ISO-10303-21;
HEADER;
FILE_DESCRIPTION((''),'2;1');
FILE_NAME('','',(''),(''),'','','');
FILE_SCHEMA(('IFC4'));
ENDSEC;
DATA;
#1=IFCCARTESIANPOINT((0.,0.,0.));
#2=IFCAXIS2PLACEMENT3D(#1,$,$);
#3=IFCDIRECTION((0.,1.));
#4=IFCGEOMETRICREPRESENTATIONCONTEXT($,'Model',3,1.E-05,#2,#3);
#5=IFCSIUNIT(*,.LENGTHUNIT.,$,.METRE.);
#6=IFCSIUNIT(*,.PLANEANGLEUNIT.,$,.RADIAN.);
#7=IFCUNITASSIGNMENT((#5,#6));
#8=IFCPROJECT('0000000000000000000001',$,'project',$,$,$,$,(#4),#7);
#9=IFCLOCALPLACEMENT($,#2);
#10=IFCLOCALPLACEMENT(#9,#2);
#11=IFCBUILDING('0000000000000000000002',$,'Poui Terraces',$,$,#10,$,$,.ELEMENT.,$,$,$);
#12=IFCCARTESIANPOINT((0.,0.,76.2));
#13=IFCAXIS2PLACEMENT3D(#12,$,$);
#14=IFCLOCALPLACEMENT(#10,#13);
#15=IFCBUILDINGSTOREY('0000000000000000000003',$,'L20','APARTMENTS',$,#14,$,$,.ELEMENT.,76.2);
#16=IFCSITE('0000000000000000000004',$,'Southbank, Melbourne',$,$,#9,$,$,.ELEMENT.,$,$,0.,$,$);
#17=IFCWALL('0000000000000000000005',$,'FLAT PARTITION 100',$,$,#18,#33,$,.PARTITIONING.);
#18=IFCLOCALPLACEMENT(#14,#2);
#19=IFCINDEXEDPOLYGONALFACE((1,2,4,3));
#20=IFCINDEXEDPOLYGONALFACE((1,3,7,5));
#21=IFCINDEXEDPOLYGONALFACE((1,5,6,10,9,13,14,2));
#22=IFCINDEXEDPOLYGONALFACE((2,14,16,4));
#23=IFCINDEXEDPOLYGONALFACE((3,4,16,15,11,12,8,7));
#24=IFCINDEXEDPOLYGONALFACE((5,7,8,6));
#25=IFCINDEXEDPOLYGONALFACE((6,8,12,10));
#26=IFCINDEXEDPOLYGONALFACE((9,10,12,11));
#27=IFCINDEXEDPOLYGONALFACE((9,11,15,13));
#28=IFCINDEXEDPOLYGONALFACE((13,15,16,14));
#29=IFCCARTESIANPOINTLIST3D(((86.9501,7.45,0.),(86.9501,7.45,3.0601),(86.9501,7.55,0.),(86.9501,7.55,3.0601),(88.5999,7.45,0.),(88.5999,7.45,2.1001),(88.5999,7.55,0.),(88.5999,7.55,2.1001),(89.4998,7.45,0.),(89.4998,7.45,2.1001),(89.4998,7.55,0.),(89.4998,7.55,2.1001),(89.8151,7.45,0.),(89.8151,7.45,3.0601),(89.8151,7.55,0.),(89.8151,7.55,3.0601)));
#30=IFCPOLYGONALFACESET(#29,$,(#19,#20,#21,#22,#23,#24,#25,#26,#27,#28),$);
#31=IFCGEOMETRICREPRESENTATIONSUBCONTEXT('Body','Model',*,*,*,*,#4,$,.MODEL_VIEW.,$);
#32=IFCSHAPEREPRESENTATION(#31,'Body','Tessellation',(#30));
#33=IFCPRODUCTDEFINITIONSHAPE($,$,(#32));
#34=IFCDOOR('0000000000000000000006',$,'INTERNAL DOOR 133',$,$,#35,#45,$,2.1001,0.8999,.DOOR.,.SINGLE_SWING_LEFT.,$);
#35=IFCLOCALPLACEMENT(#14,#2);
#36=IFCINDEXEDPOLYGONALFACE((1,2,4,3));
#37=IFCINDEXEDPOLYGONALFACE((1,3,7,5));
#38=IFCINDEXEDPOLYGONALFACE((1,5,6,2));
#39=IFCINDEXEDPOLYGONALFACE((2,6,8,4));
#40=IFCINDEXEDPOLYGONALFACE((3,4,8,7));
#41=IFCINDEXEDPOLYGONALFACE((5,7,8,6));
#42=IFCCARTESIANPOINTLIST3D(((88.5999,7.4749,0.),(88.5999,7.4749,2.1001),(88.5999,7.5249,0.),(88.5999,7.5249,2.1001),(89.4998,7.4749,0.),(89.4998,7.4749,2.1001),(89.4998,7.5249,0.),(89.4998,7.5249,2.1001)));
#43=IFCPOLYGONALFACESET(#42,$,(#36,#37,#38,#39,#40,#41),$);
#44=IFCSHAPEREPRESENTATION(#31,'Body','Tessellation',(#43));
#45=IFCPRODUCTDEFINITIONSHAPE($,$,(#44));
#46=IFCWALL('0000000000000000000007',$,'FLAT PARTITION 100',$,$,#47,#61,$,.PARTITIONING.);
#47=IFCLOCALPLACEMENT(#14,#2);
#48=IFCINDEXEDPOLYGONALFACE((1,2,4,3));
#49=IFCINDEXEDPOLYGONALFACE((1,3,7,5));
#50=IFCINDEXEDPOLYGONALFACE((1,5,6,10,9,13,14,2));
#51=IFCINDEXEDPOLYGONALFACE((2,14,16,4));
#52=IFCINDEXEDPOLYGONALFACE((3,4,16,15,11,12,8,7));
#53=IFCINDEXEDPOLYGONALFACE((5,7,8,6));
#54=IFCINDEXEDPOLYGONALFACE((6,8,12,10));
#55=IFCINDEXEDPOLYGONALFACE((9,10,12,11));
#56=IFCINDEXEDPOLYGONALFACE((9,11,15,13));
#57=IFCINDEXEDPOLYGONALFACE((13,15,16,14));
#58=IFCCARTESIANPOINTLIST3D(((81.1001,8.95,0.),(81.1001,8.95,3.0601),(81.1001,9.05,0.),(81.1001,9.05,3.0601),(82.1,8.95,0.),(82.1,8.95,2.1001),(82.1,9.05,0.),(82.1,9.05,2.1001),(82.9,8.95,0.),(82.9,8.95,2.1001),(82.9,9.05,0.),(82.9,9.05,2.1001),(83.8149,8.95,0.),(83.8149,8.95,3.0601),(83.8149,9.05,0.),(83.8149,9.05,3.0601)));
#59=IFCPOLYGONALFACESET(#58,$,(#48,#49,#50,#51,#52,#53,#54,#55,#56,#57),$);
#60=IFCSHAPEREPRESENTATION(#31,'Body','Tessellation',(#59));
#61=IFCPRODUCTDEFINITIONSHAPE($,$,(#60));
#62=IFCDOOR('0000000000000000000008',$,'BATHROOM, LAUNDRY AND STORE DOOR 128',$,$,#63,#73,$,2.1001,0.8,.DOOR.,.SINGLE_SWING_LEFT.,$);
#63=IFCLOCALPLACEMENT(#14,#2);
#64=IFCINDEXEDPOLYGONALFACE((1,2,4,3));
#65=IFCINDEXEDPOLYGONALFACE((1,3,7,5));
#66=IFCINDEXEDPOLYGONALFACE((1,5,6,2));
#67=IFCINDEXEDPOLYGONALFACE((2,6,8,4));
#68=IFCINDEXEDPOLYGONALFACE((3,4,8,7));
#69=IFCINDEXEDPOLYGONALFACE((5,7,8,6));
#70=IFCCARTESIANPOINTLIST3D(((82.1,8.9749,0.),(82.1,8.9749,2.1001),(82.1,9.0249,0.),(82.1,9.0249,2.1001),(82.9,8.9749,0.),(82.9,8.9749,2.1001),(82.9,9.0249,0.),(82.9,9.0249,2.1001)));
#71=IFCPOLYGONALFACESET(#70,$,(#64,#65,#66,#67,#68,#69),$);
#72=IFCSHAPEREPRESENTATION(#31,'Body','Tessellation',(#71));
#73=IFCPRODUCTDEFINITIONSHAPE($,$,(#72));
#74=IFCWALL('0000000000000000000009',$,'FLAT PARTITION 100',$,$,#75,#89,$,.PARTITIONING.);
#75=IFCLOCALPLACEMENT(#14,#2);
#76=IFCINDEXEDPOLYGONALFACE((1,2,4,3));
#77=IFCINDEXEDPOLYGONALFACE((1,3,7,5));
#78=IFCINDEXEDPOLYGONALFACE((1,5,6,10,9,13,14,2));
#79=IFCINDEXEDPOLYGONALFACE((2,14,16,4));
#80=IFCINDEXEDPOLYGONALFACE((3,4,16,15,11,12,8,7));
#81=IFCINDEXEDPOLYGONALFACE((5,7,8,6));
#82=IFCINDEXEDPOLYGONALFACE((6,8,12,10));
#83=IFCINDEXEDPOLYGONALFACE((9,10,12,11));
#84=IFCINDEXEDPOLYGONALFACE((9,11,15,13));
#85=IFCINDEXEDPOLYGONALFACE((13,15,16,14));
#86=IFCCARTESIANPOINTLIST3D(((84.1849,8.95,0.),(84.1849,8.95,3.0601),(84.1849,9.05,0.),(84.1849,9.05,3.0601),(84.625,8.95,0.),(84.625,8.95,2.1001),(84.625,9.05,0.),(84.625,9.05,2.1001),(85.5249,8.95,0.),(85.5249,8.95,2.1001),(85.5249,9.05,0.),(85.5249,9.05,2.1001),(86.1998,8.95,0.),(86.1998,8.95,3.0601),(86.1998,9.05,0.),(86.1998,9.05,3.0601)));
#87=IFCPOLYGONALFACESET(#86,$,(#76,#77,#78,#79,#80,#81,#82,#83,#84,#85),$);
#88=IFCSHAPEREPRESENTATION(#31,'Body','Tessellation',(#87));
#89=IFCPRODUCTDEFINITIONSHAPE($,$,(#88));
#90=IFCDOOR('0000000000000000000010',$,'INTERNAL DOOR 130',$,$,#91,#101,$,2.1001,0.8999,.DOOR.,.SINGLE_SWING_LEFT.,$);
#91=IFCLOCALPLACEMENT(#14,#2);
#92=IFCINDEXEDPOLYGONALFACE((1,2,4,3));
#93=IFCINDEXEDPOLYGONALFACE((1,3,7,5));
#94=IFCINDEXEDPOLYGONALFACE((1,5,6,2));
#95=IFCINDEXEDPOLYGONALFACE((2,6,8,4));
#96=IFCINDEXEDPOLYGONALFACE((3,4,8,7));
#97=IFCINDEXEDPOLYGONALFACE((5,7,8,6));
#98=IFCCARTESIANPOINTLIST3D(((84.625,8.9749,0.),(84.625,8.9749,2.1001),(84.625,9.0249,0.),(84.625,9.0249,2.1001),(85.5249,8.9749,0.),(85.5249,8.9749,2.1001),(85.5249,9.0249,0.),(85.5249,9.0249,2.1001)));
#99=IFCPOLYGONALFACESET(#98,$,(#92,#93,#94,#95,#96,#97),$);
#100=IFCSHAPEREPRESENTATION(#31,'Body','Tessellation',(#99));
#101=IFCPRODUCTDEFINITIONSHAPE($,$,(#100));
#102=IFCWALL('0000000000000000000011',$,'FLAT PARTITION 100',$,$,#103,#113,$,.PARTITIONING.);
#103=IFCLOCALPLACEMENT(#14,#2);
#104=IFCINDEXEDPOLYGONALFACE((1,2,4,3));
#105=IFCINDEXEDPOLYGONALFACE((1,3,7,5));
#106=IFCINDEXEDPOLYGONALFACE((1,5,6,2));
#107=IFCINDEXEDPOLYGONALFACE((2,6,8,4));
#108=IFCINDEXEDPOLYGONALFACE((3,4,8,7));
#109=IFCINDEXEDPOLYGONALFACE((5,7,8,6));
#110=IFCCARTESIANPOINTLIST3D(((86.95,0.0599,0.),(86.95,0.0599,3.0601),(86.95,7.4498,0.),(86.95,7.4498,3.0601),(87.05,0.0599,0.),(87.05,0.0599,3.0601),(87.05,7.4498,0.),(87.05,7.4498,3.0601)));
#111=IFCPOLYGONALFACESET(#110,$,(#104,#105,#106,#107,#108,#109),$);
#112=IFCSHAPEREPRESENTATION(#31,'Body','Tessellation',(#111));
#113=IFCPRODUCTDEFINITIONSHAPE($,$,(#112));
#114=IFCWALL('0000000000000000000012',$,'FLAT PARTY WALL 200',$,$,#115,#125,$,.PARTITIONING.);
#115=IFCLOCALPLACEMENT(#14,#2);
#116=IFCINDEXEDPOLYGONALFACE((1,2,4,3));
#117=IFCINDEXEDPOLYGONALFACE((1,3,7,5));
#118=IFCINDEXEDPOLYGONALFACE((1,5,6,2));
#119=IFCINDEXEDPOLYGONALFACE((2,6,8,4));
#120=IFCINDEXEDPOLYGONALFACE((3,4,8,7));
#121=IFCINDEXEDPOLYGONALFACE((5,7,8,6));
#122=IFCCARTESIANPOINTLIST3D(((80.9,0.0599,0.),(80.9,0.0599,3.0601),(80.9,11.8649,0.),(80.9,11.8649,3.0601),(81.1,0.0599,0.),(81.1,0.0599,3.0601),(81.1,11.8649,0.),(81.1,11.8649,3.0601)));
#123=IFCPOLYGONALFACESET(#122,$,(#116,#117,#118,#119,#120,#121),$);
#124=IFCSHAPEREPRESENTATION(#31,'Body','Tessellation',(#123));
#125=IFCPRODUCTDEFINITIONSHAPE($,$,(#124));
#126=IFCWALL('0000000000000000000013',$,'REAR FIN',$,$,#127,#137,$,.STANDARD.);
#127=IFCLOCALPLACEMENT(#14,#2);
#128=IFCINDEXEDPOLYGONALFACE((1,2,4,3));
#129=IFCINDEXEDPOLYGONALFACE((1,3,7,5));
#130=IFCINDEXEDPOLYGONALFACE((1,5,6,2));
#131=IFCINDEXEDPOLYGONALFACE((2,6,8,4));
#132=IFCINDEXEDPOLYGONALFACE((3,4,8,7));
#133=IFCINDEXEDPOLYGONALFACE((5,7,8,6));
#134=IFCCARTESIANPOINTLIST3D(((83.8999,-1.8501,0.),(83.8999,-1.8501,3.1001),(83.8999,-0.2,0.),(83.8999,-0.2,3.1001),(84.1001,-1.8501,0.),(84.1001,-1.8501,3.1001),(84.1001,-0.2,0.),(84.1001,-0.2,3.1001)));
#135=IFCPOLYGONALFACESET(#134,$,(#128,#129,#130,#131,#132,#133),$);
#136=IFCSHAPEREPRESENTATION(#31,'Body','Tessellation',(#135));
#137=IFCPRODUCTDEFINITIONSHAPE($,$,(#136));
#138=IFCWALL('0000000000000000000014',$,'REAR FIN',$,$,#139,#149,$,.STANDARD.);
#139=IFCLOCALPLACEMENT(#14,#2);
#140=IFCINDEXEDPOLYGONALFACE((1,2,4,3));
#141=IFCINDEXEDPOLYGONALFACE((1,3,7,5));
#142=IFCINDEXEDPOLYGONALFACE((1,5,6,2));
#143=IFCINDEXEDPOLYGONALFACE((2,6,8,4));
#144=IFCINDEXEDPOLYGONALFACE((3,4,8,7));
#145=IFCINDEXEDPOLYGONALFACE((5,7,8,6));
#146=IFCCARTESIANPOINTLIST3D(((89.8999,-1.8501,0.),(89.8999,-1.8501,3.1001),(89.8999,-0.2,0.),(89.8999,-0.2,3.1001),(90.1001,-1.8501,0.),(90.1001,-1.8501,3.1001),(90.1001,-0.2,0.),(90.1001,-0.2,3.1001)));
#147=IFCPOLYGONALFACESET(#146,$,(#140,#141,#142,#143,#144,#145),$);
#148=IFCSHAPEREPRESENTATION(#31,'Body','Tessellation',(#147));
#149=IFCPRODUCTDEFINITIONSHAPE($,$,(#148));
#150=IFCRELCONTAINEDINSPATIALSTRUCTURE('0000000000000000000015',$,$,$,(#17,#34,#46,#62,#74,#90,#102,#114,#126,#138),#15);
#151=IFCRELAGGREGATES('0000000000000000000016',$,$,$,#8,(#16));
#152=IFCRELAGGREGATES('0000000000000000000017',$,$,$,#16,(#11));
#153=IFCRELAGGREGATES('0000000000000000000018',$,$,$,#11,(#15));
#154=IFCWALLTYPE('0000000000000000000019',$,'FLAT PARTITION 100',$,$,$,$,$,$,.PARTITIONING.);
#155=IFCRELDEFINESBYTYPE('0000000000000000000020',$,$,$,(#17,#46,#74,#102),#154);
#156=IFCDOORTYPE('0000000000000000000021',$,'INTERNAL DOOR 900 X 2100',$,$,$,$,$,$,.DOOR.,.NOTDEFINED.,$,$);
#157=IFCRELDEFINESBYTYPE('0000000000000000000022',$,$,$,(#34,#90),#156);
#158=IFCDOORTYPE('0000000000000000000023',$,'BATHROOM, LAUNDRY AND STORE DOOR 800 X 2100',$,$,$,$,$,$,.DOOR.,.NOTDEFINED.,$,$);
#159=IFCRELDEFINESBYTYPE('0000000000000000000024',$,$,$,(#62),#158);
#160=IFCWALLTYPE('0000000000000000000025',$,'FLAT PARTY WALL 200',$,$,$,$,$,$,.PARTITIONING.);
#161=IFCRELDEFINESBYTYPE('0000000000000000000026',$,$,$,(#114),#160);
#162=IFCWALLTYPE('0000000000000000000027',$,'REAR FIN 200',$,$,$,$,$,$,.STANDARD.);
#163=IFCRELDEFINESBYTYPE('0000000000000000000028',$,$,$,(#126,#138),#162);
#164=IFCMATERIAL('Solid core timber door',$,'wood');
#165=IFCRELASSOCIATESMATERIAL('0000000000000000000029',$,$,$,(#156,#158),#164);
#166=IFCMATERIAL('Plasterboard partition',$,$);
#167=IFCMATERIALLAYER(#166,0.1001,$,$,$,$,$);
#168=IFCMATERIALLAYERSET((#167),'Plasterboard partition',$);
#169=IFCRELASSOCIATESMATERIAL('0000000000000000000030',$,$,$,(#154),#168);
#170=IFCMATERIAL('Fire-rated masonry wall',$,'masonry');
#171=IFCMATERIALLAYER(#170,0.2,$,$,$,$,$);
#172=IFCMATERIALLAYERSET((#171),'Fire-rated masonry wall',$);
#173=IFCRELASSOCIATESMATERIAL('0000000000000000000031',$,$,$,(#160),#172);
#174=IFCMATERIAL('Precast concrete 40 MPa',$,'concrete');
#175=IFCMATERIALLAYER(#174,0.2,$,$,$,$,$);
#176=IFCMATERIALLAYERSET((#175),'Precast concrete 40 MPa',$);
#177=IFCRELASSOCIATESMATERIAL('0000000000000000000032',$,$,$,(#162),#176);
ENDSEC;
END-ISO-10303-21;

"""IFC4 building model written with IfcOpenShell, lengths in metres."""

from ifc_helpers import new_model, si_unit, direction, frame, frame_2d, origin, place, context, subcontext, project, spatial, polyline, rectangle, outline, extrude, source, transform, mapped, material, layer, layer_set, type_object, element, fill, save


model = new_model("IFC4")

# Units and contexts
model_context = context("Model", 3, precision=1e-05, world=origin(), true_north=direction((0.0, 1.0)))
body_context = subcontext(model_context, "Body", "Model", "MODEL_VIEW")
ifc_project = project(units=[si_unit("LENGTHUNIT", "METRE"), si_unit("PLANEANGLEUNIT", "RADIAN")], contexts=[model_context])

# Site, building, storey
site_placement = place(None, origin())
site = spatial("IfcSite", under=ifc_project, at=site_placement, Name="Southbank, Melbourne", CompositionType="ELEMENT", RefElevation=0.0)
building_placement = place(site_placement, origin())
building = spatial("IfcBuilding", under=site, at=building_placement, Name="Poui Terraces", CompositionType="ELEMENT")
storey_placement = place(building_placement, frame((0.0, 0.0, 76.2)))
storey = spatial("IfcBuildingStorey", under=building, at=storey_placement, Name="L20", Description="APARTMENTS", CompositionType="ELEMENT", Elevation=76.2)

# Shared definitions
ifc_material_1 = material(Name="Precast concrete 40 MPa", Category="concrete")

# Shared definitions
ifc_material_2 = material(Name="Solid core timber door", Category="wood")
door_type_1 = type_object("IfcDoorType", Name="INTERNAL DOOR 900 X 2100", OperationType="NOTDEFINED", PredefinedType="DOOR", material=ifc_material_2)

# Walls, openings, doors
ifc_material_3 = material(Name="Plasterboard partition")
ifc_layer_1 = layer(ifc_material_3, 0.1001)
ifc_layer_set_1 = layer_set([ifc_layer_1], Name="Plasterboard partition")
wall_type_1 = type_object("IfcWallType", Name="FLAT PARTITION 100", PredefinedType="PARTITIONING", material=ifc_layer_set_1)
wall_1_placement = place(storey_placement, frame((86.95, 7.5, 0.0), z_axis=(0.0, 0.0, 1.0), x_axis=(1.0, 0.0, 0.0)))
wall_1 = element("IfcWall", 1, at=wall_1_placement, inside=storey, type_object=wall_type_1, Name="FLAT PARTITION 100", PredefinedType="PARTITIONING", context=body_context, shape_type="SweptSolid", body=[
    extrude(rectangle(XDim=2.865, YDim=0.1001, at=frame_2d((1.4326, 0.0))), origin(), (0.0, 0.0, 1.0), 3.0601),
])
opening_1_placement = place(wall_1_placement, frame((1.6499, 0.0, 0.0)))
opening_1 = element("IfcOpeningElement", 2, at=opening_1_placement, cuts=wall_1, PredefinedType="OPENING", context=body_context, shape_type="SweptSolid", body=[
    extrude(rectangle(XDim=0.8999, YDim=2.1001, at=frame_2d((0.45, 1.05))), frame((0.0, 0.0601, 0.0), z_axis=(0.0, -1.0, 0.0), x_axis=(1.0, 0.0, 0.0)), (0.0, 0.0, 1.0), 0.1201),
])
door_1_placement = place(opening_1_placement, origin())
door_1 = element("IfcDoor", 3, at=door_1_placement, inside=storey, type_object=door_type_1, Name="INTERNAL DOOR 133", OperationType="SINGLE_SWING_LEFT", OverallHeight=2.1001, OverallWidth=0.8999, PredefinedType="DOOR", context=body_context, shape_type="SweptSolid", body=[
    extrude(rectangle(XDim=0.8999, YDim=2.1001, at=frame_2d((0.45, 1.05))), frame((0.0, 0.0249, 0.0), z_axis=(0.0, -1.0, 0.0), x_axis=(1.0, 0.0, 0.0)), (0.0, 0.0, 1.0), 0.05),
])
fill(opening_1, door_1)
wall_2_placement = place(storey_placement, frame((81.1001, 9.0, 0.0), z_axis=(0.0, 0.0, 1.0), x_axis=(1.0, 0.0, 0.0)))
wall_2 = element("IfcWall", 4, at=wall_2_placement, inside=storey, type_object=wall_type_1, Name="FLAT PARTITION 100", PredefinedType="PARTITIONING", context=body_context, shape_type="SweptSolid", body=[
    extrude(rectangle(XDim=2.7148, YDim=0.1001, at=frame_2d((1.3574, 0.0))), origin(), (0.0, 0.0, 1.0), 3.0601),
])
opening_2_placement = place(wall_2_placement, frame((1.0, 0.0, 0.0)))
opening_2 = element("IfcOpeningElement", 5, at=opening_2_placement, cuts=wall_2, PredefinedType="OPENING", context=body_context, shape_type="SweptSolid", body=[
    extrude(rectangle(XDim=0.8, YDim=2.1001, at=frame_2d((0.3999, 1.05))), frame((0.0, 0.0601, 0.0), z_axis=(0.0, -1.0, 0.0), x_axis=(1.0, 0.0, 0.0)), (0.0, 0.0, 1.0), 0.1201),
])
door_type_2 = type_object("IfcDoorType", Name="BATHROOM, LAUNDRY AND STORE DOOR 800 X 2100", OperationType="NOTDEFINED", PredefinedType="DOOR", material=ifc_material_2)
door_2_placement = place(opening_2_placement, origin())
door_2 = element("IfcDoor", 6, at=door_2_placement, inside=storey, type_object=door_type_2, Name="BATHROOM, LAUNDRY AND STORE DOOR 128", OperationType="SINGLE_SWING_LEFT", OverallHeight=2.1001, OverallWidth=0.8, PredefinedType="DOOR", context=body_context, shape_type="SweptSolid", body=[
    extrude(rectangle(XDim=0.8, YDim=2.1001, at=frame_2d((0.3999, 1.05))), frame((0.0, 0.0249, 0.0), z_axis=(0.0, -1.0, 0.0), x_axis=(1.0, 0.0, 0.0)), (0.0, 0.0, 1.0), 0.05),
])
fill(opening_2, door_2)
wall_3_placement = place(storey_placement, frame((84.1851, 9.0, 0.0), z_axis=(0.0, 0.0, 1.0), x_axis=(1.0, 0.0, 0.0)))
wall_3 = element("IfcWall", 7, at=wall_3_placement, inside=storey, type_object=wall_type_1, Name="FLAT PARTITION 100", PredefinedType="PARTITIONING", context=body_context, shape_type="SweptSolid", body=[
    extrude(rectangle(XDim=2.0149, YDim=0.1001, at=frame_2d((1.0073, 0.0))), origin(), (0.0, 0.0, 1.0), 3.0601),
])
opening_3_placement = place(wall_3_placement, frame((0.4399, 0.0, 0.0)))
opening_3 = element("IfcOpeningElement", 8, at=opening_3_placement, cuts=wall_3, PredefinedType="OPENING", context=body_context, shape_type="SweptSolid", body=[
    extrude(rectangle(XDim=0.8999, YDim=2.1001, at=frame_2d((0.45, 1.05))), frame((0.0, 0.0601, 0.0), z_axis=(0.0, -1.0, 0.0), x_axis=(1.0, 0.0, 0.0)), (0.0, 0.0, 1.0), 0.1201),
])
door_3_placement = place(opening_3_placement, origin())
door_3 = element("IfcDoor", 9, at=door_3_placement, inside=storey, type_object=door_type_1, Name="INTERNAL DOOR 130", OperationType="SINGLE_SWING_LEFT", OverallHeight=2.1001, OverallWidth=0.8999, PredefinedType="DOOR", context=body_context, shape_type="SweptSolid", body=[
    extrude(rectangle(XDim=0.8999, YDim=2.1001, at=frame_2d((0.45, 1.05))), frame((0.0, 0.0249, 0.0), z_axis=(0.0, -1.0, 0.0), x_axis=(1.0, 0.0, 0.0)), (0.0, 0.0, 1.0), 0.05),
])
fill(opening_3, door_3)

# Walls
wall_4_placement = place(storey_placement, frame((87.0, 0.0601, 0.0), z_axis=(0.0, 0.0, 1.0), x_axis=(0.0, 1.0, 0.0)))
element("IfcWall", 10, at=wall_4_placement, inside=storey, type_object=wall_type_1, Name="FLAT PARTITION 100", PredefinedType="PARTITIONING", context=body_context, shape_type="SweptSolid", body=[
    extrude(rectangle(XDim=7.3899, YDim=0.1001, at=frame_2d((3.6948, 0.0))), origin(), (0.0, 0.0, 1.0), 3.0601),
])
ifc_material_4 = material(Name="Fire-rated masonry wall", Category="masonry")
ifc_layer_2 = layer(ifc_material_4, 0.2)
ifc_layer_set_2 = layer_set([ifc_layer_2], Name="Fire-rated masonry wall")
wall_type_2 = type_object("IfcWallType", Name="FLAT PARTY WALL 200", PredefinedType="PARTITIONING", material=ifc_layer_set_2)
wall_5_placement = place(storey_placement, frame((81.0, 0.0601, 0.0), z_axis=(0.0, 0.0, 1.0), x_axis=(0.0, 1.0, 0.0)))
element("IfcWall", 11, at=wall_5_placement, inside=storey, type_object=wall_type_2, Name="FLAT PARTY WALL 200", PredefinedType="PARTITIONING", context=body_context, shape_type="SweptSolid", body=[
    extrude(rectangle(XDim=11.8049, YDim=0.2, at=frame_2d((5.9023, 0.0))), origin(), (0.0, 0.0, 1.0), 3.0601),
])
ifc_layer_3 = layer(ifc_material_1, 0.2)
ifc_layer_set_3 = layer_set([ifc_layer_3], Name="Precast concrete 40 MPa")
wall_type_3 = type_object("IfcWallType", Name="REAR FIN 200", PredefinedType="STANDARD", material=ifc_layer_set_3)
shared_shape_1 = source(origin(), body_context, "Body", "SweptSolid", [
    extrude(outline(polyline([(0.0, 0.0), (0.2002, 0.0), (0.2002, 1.6501), (0.0, 1.6501), (0.0, 0.0)])), origin(), (0.0, 0.0, 1.0), 3.1001),
])
for number, where, name in (
    (12, (83.8999, -1.8501, 0.0), "REAR FIN"),
    (13, (89.8999, -1.8501, 0.0), "REAR FIN"),
):
    element("IfcWall", number, at=place(storey_placement, frame(where)), inside=storey, type_object=wall_type_3, Name=name, PredefinedType="STANDARD", context=body_context, shape_type="MappedRepresentation", body=[
        mapped(shared_shape_1, transform((0.0, 0.0, 0.0))),
    ])

save(model, "model.ifc")
